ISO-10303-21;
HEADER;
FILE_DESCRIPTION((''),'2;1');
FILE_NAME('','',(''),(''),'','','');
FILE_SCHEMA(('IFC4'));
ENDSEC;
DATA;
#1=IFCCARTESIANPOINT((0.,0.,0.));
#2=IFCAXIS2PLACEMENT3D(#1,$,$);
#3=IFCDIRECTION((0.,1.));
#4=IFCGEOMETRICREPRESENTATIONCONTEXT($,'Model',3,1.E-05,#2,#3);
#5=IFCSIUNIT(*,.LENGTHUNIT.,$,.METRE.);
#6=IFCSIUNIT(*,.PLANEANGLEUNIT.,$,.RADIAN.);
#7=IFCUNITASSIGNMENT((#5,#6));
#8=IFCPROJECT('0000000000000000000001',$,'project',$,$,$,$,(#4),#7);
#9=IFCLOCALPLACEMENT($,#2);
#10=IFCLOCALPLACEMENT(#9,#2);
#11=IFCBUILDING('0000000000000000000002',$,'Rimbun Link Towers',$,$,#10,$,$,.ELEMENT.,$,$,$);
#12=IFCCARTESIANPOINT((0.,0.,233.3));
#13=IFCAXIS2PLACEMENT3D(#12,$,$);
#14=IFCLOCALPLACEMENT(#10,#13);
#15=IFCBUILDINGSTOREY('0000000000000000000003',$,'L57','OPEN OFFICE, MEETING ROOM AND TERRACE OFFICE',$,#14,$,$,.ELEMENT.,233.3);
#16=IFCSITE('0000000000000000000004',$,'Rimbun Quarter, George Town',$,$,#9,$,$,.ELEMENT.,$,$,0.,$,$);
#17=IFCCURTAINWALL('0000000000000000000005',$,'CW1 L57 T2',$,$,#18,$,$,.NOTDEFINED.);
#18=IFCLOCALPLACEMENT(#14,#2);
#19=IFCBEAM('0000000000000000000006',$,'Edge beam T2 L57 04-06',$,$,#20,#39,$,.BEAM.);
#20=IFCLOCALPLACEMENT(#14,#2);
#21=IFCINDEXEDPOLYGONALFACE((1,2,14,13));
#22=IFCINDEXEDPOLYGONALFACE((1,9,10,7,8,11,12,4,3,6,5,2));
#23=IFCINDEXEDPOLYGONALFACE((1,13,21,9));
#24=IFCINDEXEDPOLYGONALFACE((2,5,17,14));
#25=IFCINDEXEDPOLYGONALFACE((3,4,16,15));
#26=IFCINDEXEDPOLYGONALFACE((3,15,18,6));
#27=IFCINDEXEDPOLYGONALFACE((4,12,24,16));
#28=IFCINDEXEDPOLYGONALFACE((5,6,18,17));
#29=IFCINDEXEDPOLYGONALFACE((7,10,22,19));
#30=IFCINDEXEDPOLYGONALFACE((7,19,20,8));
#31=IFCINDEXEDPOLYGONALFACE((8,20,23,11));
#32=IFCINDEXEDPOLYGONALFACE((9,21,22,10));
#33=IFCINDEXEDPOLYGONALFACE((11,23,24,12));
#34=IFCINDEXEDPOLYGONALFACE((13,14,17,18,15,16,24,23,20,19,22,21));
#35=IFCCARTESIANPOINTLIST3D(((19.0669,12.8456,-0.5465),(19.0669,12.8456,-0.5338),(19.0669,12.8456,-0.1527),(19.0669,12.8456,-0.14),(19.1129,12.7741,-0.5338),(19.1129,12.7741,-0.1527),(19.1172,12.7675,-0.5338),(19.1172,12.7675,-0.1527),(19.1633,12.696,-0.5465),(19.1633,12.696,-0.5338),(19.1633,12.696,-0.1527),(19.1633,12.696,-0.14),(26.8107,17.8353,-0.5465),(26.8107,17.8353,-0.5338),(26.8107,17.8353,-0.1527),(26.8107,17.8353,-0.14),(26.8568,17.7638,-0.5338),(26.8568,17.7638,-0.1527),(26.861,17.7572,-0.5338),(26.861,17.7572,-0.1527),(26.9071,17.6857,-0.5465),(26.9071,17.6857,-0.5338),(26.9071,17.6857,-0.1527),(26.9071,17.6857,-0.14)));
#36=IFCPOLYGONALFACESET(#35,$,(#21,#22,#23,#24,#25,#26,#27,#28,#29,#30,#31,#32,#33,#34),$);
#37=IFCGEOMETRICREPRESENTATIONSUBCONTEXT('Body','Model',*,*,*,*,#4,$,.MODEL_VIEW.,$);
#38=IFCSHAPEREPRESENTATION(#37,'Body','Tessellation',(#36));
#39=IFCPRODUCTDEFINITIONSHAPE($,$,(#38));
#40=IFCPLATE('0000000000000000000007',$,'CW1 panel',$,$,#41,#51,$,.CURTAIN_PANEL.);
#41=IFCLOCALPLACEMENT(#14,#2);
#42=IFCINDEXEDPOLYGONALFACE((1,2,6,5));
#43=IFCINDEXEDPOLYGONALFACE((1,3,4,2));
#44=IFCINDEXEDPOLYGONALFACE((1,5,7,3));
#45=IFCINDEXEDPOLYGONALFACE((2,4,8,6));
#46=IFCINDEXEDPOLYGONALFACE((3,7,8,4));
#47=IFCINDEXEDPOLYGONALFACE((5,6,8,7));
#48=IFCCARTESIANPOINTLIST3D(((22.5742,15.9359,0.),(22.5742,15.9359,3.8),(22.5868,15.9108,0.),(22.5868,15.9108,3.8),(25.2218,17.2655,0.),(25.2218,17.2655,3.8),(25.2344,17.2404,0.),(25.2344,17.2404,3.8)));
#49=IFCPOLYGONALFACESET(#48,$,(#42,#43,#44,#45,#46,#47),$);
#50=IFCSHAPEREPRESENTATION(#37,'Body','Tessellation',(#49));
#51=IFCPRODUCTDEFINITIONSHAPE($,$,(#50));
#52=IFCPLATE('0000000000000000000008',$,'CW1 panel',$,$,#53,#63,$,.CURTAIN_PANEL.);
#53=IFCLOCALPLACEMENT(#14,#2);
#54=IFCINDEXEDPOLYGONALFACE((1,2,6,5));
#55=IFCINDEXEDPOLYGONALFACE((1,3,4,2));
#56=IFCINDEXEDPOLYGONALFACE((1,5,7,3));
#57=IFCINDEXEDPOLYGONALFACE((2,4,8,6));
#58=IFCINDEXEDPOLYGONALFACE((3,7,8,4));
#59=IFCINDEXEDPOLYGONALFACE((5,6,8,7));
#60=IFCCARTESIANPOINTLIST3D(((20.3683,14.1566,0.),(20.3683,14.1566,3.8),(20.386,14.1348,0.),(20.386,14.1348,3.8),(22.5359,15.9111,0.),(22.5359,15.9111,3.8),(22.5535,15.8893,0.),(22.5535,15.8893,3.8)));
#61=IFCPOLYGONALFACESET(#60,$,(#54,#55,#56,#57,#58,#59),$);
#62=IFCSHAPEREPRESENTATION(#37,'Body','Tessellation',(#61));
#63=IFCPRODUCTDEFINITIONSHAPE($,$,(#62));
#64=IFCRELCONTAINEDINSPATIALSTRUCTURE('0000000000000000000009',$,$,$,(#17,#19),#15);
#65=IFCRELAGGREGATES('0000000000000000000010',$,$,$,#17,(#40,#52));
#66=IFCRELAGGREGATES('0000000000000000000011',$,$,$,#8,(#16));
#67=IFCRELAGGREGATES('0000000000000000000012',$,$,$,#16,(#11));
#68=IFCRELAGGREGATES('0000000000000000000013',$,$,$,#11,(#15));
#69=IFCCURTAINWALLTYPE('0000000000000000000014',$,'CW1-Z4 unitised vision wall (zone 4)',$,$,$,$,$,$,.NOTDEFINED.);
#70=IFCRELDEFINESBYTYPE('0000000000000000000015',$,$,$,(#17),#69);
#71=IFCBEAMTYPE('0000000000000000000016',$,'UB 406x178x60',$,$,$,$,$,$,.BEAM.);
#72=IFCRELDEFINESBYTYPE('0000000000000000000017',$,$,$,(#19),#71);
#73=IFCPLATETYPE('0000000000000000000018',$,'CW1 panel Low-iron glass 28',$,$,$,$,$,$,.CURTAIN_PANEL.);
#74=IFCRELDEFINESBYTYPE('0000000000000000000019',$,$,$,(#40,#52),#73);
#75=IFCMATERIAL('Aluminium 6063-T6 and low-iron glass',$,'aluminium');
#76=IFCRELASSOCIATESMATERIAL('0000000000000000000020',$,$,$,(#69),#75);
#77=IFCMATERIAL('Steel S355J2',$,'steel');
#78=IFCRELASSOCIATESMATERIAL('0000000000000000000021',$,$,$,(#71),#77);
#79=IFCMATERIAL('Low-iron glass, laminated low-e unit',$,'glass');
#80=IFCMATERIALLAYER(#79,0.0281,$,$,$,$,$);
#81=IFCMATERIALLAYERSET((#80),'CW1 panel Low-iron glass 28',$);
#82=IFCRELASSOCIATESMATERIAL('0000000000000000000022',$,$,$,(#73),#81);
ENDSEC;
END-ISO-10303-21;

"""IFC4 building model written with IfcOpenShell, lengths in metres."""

from ifc_helpers import new_model, si_unit, direction, frame, origin, origin_2d, place, context, subcontext, project, spatial, rectangle, i_section, extrude, material, layer, layer_set, material_profile, profile_set, type_object, element, aggregate, save


model = new_model("IFC4")

# Units and contexts
model_context = context("Model", 3, precision=1e-05, world=origin(), true_north=direction((0.0, 1.0)))
body_context = subcontext(model_context, "Body", "Model", "MODEL_VIEW")
ifc_project = project(units=[si_unit("LENGTHUNIT", "METRE"), si_unit("PLANEANGLEUNIT", "RADIAN")], contexts=[model_context])

# Site, building, storey
site_placement = place(None, origin())
site = spatial("IfcSite", under=ifc_project, at=site_placement, Name="Rimbun Quarter, George Town", CompositionType="ELEMENT", RefElevation=0.0)
building_placement = place(site_placement, origin())
building = spatial("IfcBuilding", under=site, at=building_placement, Name="Rimbun Link Towers", CompositionType="ELEMENT")
storey_placement = place(building_placement, frame((0.0, 0.0, 233.3)))
storey = spatial("IfcBuildingStorey", under=building, at=storey_placement, Name="L57", Description="OPEN OFFICE, MEETING ROOM AND TERRACE OFFICE", CompositionType="ELEMENT", Elevation=233.3)

# Curtain wall
ifc_material_1 = material(Name="Aluminium 6063-T6 and low-iron glass", Category="aluminium")
curtain_wall_type = type_object("IfcCurtainWallType", Name="CW1-Z4 unitised vision wall (zone 4)", PredefinedType="NOTDEFINED", material=ifc_material_1)
curtain_wall_placement = place(storey_placement, origin())
curtain_wall = element("IfcCurtainWall", 1, at=curtain_wall_placement, inside=storey, type_object=curtain_wall_type, Name="CW1 L57 T2", PredefinedType="NOTDEFINED")

# Beam
ifc_material_2 = material(Name="Steel S355J2", Category="steel")
ifc_material_profile_1 = material_profile(ifc_material_2, i_section(OverallWidth=0.178, OverallDepth=0.4065, WebThickness=0.0078, FlangeThickness=0.0127, at=origin_2d()), Name="UB 406x178x60")
ifc_profile_set_1 = profile_set([ifc_material_profile_1], Name="Steel S355J2")
beam_type_1 = type_object("IfcBeamType", Name="UB 406x178x60", PredefinedType="BEAM", material=ifc_profile_set_1)
beam_1_placement = place(storey_placement, frame((26.8589, 17.7605, -0.3433), z_axis=(-0.840609, -0.541643, 0.0), x_axis=(0.541643, -0.840609, 0.0)))
element("IfcBeam", 2, at=beam_1_placement, inside=storey, type_object=beam_type_1, Name="Edge beam T2 L57 04-06", PredefinedType="BEAM", context=body_context, shape_type="SweptSolid", body=[
    extrude(i_section(OverallWidth=0.178, OverallDepth=0.4065, WebThickness=0.0078, FlangeThickness=0.0127, at=origin_2d()), origin(), (0.0, 0.0, 1.0), 9.2122),
])

# Plates
ifc_material_3 = material(Name="Low-iron glass, laminated low-e unit", Category="glass")
ifc_layer = layer(ifc_material_3, 0.0281)
ifc_layer_set = layer_set([ifc_layer], Name="CW1 panel Low-iron glass 28")
plate_type = type_object("IfcPlateType", Name="CW1 panel Low-iron glass 28", PredefinedType="CURTAIN_PANEL", material=ifc_layer_set)
plate_1_placement = place(storey_placement, frame((23.9043, 16.5881, 0.0), z_axis=(0.0, 0.0, 1.0), x_axis=(0.893643, 0.448779, 0.0)))
plate_1 = element("IfcPlate", 3, at=plate_1_placement, type_object=plate_type, Name="CW1 panel", PredefinedType="CURTAIN_PANEL", context=body_context, shape_type="SweptSolid", body=[
    extrude(rectangle(XDim=2.9626, YDim=0.0281, at=origin_2d()), origin(), (0.0, 0.0, 1.0), 3.8),
])
plate_2_placement = place(storey_placement, frame((21.4609, 15.0229, 0.0), z_axis=(0.0, 0.0, 1.0), x_axis=(0.777285, 0.629148, 0.0)))
plate_2 = element("IfcPlate", 4, at=plate_2_placement, type_object=plate_type, Name="CW1 panel", PredefinedType="CURTAIN_PANEL", context=body_context, shape_type="SweptSolid", body=[
    extrude(rectangle(XDim=2.7886, YDim=0.0281, at=origin_2d()), origin(), (0.0, 0.0, 1.0), 3.8),
])
aggregate(curtain_wall, [plate_1, plate_2])

save(model, "model.ifc")
